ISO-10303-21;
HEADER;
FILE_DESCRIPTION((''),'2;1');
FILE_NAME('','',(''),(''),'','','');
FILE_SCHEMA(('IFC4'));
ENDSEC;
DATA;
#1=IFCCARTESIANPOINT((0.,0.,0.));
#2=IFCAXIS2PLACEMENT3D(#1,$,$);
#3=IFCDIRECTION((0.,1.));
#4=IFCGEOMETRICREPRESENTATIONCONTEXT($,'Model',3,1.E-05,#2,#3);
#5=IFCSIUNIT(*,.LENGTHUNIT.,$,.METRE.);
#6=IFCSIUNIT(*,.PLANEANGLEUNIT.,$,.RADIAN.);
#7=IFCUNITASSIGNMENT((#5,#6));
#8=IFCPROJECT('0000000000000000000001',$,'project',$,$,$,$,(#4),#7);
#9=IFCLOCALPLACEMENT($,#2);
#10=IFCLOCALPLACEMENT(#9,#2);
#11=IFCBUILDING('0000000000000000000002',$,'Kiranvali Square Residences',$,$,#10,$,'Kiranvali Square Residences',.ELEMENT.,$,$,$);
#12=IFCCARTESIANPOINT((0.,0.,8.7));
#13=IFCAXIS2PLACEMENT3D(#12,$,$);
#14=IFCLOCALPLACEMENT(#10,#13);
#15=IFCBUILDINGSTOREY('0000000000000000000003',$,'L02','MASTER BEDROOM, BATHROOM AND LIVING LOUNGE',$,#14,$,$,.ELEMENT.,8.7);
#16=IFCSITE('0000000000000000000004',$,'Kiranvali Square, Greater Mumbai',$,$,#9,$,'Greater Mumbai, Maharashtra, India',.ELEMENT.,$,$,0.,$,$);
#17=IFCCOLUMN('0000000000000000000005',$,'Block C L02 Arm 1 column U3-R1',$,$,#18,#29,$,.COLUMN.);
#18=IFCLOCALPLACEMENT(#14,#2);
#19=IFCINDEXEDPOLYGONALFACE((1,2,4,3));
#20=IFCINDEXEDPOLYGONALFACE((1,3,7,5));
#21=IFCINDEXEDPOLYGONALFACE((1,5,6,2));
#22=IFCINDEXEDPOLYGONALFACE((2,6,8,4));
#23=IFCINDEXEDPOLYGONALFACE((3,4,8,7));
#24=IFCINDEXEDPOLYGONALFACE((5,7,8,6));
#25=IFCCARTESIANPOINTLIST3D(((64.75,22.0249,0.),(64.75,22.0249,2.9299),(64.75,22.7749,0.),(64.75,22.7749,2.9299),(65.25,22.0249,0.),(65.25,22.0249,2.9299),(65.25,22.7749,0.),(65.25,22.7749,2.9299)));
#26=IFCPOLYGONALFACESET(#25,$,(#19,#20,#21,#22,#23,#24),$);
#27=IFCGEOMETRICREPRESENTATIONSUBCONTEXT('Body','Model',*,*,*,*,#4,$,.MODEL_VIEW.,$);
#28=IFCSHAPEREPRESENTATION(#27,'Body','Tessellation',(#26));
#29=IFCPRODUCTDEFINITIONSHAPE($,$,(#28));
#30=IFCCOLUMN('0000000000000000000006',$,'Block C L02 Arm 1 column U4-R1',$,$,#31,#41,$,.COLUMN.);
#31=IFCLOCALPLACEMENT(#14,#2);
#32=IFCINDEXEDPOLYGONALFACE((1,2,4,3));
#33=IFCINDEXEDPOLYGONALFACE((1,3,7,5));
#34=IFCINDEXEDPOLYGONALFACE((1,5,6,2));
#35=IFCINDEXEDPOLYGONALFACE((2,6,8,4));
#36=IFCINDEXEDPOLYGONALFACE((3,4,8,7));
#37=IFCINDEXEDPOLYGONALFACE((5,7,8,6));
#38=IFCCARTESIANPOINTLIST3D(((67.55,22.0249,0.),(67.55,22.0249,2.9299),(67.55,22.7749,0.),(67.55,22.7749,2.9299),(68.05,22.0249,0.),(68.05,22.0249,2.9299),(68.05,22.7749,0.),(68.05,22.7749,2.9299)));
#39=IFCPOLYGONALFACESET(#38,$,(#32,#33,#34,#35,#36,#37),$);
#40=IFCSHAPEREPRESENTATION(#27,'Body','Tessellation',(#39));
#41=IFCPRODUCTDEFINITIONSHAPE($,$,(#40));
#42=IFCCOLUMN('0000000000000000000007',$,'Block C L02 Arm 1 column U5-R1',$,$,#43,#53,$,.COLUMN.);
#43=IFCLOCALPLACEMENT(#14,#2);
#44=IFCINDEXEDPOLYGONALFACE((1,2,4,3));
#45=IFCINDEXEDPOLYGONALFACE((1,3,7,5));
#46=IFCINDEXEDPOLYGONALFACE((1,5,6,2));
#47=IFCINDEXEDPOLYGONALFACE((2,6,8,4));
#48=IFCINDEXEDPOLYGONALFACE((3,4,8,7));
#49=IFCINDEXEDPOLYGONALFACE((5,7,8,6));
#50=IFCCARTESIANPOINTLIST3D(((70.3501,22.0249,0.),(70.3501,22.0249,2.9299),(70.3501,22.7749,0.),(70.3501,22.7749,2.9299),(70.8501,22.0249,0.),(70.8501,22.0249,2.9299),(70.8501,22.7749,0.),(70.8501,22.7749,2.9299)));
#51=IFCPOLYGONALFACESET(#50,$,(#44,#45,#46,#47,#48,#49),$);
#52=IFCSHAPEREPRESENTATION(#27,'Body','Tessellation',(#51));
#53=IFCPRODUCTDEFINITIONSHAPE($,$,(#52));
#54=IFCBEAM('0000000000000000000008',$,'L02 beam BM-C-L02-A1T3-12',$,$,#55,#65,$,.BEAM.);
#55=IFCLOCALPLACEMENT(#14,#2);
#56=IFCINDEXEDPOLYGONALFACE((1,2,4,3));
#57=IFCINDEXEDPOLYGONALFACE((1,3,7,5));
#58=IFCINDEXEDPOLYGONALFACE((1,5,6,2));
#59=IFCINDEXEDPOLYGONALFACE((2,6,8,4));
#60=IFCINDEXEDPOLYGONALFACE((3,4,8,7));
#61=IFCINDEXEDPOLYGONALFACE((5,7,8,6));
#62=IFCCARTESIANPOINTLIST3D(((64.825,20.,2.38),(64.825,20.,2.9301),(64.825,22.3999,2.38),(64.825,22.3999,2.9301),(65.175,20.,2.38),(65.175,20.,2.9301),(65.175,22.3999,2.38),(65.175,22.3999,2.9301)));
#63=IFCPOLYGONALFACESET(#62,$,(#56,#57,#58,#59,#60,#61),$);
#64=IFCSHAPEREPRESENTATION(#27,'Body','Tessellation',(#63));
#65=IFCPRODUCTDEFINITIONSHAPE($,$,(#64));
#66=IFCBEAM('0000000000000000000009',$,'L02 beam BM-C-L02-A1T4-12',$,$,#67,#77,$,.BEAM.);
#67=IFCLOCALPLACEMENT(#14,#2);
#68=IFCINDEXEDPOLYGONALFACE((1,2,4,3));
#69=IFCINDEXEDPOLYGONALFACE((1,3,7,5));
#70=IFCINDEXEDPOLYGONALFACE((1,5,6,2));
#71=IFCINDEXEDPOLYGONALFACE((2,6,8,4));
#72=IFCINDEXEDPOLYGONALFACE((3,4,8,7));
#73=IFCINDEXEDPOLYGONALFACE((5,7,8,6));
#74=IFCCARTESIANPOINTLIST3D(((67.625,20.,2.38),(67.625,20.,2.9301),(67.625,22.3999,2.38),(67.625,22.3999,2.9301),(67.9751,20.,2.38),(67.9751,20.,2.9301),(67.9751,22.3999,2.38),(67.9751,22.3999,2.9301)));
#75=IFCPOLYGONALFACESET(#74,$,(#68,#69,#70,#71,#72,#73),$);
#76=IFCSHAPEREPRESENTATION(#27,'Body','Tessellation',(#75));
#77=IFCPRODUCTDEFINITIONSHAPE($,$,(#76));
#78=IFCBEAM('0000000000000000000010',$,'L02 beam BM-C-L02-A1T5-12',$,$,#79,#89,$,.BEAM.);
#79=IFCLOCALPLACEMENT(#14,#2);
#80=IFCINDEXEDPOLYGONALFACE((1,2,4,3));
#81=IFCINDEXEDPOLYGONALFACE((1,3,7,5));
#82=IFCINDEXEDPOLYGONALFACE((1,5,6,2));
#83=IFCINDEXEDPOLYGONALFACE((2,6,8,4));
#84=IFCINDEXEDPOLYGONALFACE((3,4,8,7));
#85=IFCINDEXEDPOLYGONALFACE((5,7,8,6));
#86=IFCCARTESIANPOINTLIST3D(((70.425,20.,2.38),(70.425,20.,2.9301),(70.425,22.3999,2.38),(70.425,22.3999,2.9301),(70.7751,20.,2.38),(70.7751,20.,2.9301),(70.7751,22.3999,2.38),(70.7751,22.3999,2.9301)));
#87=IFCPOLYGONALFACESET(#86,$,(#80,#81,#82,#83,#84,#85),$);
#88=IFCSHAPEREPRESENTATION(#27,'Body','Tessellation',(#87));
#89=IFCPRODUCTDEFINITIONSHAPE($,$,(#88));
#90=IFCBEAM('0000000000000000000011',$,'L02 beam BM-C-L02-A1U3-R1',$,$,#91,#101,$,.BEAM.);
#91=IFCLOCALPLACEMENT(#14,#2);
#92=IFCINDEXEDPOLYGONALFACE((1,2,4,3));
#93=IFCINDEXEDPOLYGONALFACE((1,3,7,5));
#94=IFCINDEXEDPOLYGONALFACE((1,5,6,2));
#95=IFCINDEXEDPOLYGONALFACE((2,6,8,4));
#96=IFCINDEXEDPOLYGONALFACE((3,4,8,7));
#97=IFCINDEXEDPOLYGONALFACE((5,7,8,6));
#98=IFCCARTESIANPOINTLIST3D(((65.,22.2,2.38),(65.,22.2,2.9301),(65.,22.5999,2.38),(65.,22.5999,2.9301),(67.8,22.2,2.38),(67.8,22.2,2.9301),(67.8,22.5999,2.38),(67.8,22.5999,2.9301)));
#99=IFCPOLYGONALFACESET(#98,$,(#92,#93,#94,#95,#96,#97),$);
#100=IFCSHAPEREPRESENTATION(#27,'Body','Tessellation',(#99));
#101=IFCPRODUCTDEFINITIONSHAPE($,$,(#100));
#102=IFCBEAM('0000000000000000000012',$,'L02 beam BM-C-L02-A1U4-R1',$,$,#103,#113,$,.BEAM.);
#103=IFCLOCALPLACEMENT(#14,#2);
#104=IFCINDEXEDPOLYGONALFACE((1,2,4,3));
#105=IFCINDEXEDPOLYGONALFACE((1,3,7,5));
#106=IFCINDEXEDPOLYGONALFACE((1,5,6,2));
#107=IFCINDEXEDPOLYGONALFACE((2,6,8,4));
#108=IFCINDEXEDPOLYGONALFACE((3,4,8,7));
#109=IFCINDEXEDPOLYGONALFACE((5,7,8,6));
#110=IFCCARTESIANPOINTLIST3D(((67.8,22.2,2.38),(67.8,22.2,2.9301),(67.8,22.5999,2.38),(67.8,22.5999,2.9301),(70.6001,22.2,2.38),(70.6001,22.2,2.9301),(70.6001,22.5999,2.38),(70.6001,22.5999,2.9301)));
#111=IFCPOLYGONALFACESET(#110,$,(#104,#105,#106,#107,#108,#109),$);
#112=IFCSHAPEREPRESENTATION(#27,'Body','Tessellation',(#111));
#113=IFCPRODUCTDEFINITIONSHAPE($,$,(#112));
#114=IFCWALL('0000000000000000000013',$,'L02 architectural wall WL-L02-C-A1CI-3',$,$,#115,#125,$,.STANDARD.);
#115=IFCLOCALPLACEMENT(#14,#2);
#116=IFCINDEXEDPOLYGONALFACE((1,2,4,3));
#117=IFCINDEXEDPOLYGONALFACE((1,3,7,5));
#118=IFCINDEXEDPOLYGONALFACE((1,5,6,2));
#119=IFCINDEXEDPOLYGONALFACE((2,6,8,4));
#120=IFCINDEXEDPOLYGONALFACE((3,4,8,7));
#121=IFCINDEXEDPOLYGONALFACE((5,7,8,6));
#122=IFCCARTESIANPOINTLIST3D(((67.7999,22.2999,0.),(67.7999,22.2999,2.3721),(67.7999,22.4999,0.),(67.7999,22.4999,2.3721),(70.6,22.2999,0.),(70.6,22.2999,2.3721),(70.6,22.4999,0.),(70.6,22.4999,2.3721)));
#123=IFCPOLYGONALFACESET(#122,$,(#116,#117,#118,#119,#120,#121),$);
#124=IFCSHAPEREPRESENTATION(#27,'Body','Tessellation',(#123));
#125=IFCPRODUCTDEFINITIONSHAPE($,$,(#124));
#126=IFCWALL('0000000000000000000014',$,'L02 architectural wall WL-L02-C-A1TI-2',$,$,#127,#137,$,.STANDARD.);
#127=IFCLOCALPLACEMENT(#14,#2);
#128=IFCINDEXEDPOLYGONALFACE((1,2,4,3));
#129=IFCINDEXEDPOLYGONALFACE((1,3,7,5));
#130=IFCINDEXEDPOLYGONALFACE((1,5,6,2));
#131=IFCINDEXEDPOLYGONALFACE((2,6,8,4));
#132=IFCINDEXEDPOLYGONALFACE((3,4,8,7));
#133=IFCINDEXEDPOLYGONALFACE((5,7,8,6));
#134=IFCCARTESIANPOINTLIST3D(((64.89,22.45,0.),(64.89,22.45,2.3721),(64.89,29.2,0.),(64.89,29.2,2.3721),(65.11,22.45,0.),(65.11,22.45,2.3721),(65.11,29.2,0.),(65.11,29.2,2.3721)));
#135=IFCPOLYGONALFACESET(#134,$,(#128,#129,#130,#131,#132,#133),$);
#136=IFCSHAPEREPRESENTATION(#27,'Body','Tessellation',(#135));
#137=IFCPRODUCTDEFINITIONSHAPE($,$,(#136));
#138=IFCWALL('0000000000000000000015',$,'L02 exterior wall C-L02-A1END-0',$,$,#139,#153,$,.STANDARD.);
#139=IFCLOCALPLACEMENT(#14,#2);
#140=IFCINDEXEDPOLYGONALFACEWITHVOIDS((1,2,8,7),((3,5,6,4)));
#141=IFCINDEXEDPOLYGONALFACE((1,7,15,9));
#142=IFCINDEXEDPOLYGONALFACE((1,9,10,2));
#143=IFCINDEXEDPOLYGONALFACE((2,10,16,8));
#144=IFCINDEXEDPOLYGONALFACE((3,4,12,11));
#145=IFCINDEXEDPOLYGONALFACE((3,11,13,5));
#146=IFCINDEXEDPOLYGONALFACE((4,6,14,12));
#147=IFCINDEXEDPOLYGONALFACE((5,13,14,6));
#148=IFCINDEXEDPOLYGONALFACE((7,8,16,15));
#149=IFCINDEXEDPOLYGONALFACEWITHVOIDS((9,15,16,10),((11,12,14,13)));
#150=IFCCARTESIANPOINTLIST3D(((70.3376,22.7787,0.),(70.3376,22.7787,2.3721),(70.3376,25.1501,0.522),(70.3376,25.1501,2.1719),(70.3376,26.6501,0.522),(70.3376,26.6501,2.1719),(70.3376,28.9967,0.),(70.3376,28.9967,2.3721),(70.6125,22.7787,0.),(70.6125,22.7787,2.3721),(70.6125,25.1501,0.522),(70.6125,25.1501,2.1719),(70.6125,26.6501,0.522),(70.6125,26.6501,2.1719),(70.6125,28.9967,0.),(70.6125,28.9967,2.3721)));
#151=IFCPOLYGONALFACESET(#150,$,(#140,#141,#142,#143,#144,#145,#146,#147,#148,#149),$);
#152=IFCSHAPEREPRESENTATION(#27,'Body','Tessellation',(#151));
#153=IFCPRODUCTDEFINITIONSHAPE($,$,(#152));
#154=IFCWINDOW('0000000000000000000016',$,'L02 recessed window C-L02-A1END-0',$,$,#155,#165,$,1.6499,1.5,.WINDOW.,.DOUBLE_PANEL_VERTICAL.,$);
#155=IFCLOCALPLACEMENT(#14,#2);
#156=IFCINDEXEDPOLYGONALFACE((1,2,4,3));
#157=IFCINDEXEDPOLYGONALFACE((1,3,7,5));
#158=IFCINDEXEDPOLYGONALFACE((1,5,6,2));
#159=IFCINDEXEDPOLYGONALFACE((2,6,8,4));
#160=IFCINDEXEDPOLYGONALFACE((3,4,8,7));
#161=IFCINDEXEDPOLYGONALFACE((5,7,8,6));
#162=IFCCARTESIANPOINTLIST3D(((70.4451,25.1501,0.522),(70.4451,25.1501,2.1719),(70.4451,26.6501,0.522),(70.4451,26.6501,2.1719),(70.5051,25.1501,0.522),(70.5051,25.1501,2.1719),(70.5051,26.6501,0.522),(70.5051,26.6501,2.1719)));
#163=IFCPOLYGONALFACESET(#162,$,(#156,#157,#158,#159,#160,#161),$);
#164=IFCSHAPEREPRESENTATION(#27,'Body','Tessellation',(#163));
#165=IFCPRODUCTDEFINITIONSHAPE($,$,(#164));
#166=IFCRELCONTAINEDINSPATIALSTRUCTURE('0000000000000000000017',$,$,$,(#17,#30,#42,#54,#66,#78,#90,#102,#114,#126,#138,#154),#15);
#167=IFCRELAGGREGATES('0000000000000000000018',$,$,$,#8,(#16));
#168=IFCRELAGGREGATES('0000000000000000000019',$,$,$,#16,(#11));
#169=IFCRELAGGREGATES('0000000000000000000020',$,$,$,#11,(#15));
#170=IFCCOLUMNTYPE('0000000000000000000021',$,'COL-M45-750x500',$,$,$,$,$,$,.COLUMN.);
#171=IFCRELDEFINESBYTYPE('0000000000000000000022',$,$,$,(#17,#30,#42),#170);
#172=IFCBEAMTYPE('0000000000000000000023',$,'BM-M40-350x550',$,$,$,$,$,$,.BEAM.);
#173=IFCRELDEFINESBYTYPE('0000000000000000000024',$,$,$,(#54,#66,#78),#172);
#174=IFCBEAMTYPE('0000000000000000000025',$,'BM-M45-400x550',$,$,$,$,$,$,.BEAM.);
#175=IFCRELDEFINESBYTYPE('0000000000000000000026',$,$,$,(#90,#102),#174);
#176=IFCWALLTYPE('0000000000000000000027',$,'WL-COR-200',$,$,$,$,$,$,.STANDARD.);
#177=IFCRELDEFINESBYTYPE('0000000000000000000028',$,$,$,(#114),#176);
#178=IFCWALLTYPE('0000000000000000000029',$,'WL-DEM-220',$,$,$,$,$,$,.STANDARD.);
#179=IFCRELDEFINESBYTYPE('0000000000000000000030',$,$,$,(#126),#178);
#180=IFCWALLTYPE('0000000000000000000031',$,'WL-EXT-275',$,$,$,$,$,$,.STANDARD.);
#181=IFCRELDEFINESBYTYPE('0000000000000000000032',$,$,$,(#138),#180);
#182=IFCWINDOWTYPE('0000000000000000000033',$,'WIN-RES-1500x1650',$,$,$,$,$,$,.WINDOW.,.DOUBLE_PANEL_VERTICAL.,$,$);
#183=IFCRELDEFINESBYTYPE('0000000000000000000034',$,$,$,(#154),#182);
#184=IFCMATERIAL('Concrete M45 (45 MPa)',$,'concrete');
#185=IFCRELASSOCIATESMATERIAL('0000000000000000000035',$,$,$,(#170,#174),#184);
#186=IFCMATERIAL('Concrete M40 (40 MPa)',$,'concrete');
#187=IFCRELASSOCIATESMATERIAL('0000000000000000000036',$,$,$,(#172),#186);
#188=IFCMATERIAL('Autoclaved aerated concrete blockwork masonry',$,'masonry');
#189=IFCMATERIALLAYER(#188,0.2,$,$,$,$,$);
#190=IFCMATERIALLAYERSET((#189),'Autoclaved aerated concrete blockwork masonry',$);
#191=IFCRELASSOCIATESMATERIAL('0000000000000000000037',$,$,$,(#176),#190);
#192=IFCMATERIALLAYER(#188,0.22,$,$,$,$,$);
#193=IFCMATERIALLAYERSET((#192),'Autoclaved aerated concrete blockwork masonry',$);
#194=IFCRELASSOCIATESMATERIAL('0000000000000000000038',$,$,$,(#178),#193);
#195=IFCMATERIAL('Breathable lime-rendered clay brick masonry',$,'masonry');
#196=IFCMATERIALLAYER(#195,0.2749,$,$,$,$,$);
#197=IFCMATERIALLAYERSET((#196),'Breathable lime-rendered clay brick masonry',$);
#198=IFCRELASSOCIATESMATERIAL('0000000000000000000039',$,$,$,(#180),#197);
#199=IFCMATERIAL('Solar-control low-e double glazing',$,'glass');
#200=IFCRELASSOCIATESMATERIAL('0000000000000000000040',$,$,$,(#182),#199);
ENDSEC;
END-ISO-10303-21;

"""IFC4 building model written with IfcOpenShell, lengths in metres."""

from ifc_helpers import new_model, si_unit, direction, frame, frame_2d, origin, origin_2d, place, context, subcontext, project, spatial, rectangle, extrude, material, layer, layer_set, material_profile, profile_set, type_object, element, fill, save


model = new_model("IFC4")

# Units and contexts
model_context = context("Model", 3, precision=1e-05, world=origin(), true_north=direction((0.0, 1.0)))
body_context = subcontext(model_context, "Body", "Model", "MODEL_VIEW")
ifc_project = project(units=[si_unit("LENGTHUNIT", "METRE"), si_unit("PLANEANGLEUNIT", "RADIAN")], contexts=[model_context])

# Site, building, storey
site_placement = place(None, origin())
site = spatial("IfcSite", under=ifc_project, at=site_placement, Name="Kiranvali Square, Greater Mumbai", LongName="Greater Mumbai, Maharashtra, India", CompositionType="ELEMENT", RefElevation=0.0)
building_placement = place(site_placement, origin())
building = spatial("IfcBuilding", under=site, at=building_placement, Name="Kiranvali Square Residences", LongName="Kiranvali Square Residences", CompositionType="ELEMENT")
storey_placement = place(building_placement, frame((0.0, 0.0, 8.7)))
storey = spatial("IfcBuildingStorey", under=building, at=storey_placement, Name="L02", Description="MASTER BEDROOM, BATHROOM AND LIVING LOUNGE", CompositionType="ELEMENT", Elevation=8.7)

# Columns
ifc_material_1 = material(Name="Concrete M45 (45 MPa)", Category="concrete")
ifc_material_profile_1 = material_profile(ifc_material_1, rectangle(XDim=0.5, YDim=0.75, at=origin_2d()), Name="RC 750x500")
ifc_profile_set_1 = profile_set([ifc_material_profile_1], Name="Concrete M45 (45 MPa)")
column_type = type_object("IfcColumnType", Name="COL-M45-750x500", PredefinedType="COLUMN", material=ifc_profile_set_1)
for number, where, z_axis, x_axis, name in (
    (1, (65.0, 22.3999, 0.0), (0.0, 0.0, 1.0), (1.0, 0.0, 0.0), "Block C L02 Arm 1 column U3-R1"),
    (2, (67.8, 22.3999, 0.0), (0.0, 0.0, 1.0), (1.0, 0.0, 0.0), "Block C L02 Arm 1 column U4-R1"),
    (3, (70.6001, 22.3999, 0.0), (0.0, 0.0, 1.0), (1.0, 0.0, 0.0), "Block C L02 Arm 1 column U5-R1"),
):
    element("IfcColumn", number, at=place(storey_placement, frame(where, z_axis=z_axis, x_axis=x_axis)), inside=storey, type_object=column_type, Name=name, PredefinedType="COLUMN", context=body_context, shape_type="SweptSolid", body=[
        extrude(rectangle(XDim=0.5, YDim=0.75, at=origin_2d()), origin(), (0.0, 0.0, 1.0), 2.9299),
    ])

# Beams
ifc_material_2 = material(Name="Concrete M40 (40 MPa)", Category="concrete")
ifc_material_profile_2 = material_profile(ifc_material_2, rectangle(XDim=0.3501, YDim=0.55, at=origin_2d()), Name="RC 350x550")
ifc_profile_set_2 = profile_set([ifc_material_profile_2], Name="Concrete M40 (40 MPa)")
beam_type_1 = type_object("IfcBeamType", Name="BM-M40-350x550", PredefinedType="BEAM", material=ifc_profile_set_2)
for number, where, z_axis, x_axis, name in (
    (4, (65.0, 22.3999, 2.655), (0.0, -1.0, 0.0), (1.0, 0.0, 0.0), "L02 beam BM-C-L02-A1T3-12"),
    (5, (67.8, 22.3999, 2.655), (0.0, -1.0, 0.0), (1.0, 0.0, 0.0), "L02 beam BM-C-L02-A1T4-12"),
    (6, (70.6001, 22.3999, 2.655), (0.0, -1.0, 0.0), (1.0, 0.0, 0.0), "L02 beam BM-C-L02-A1T5-12"),
):
    element("IfcBeam", number, at=place(storey_placement, frame(where, z_axis=z_axis, x_axis=x_axis)), inside=storey, type_object=beam_type_1, Name=name, PredefinedType="BEAM", context=body_context, shape_type="SweptSolid", body=[
        extrude(rectangle(XDim=0.3501, YDim=0.55, at=origin_2d()), origin(), (0.0, 0.0, 1.0), 2.3999),
    ])
ifc_material_profile_3 = material_profile(ifc_material_1, rectangle(XDim=0.3999, YDim=0.55, at=origin_2d()), Name="RC 400x550")
ifc_profile_set_3 = profile_set([ifc_material_profile_3], Name="Concrete M45 (45 MPa)")
beam_type_2 = type_object("IfcBeamType", Name="BM-M45-400x550", PredefinedType="BEAM", material=ifc_profile_set_3)
for number, where, z_axis, x_axis, name in (
    (7, (65.0, 22.3999, 2.655), (1.0, 0.0, 0.0), (0.0, 1.0, 0.0), "L02 beam BM-C-L02-A1U3-R1"),
    (8, (67.8, 22.3999, 2.655), (1.0, 0.0, 0.0), (0.0, 1.0, 0.0), "L02 beam BM-C-L02-A1U4-R1"),
):
    element("IfcBeam", number, at=place(storey_placement, frame(where, z_axis=z_axis, x_axis=x_axis)), inside=storey, type_object=beam_type_2, Name=name, PredefinedType="BEAM", context=body_context, shape_type="SweptSolid", body=[
        extrude(rectangle(XDim=0.3999, YDim=0.55, at=origin_2d()), origin(), (0.0, 0.0, 1.0), 2.8),
    ])

# Shared definitions
ifc_material_3 = material(Name="Autoclaved aerated concrete blockwork masonry", Category="masonry")
ifc_layer_1 = layer(ifc_material_3, 0.2)
ifc_layer_set_1 = layer_set([ifc_layer_1], Name="Autoclaved aerated concrete blockwork masonry")
wall_type_1 = type_object("IfcWallType", Name="WL-COR-200", PredefinedType="STANDARD", material=ifc_layer_set_1)

# Walls
wall_1_placement = place(storey_placement, frame((67.8, 22.3999, 0.0), z_axis=(0.0, 0.0, 1.0), x_axis=(1.0, 0.0, 0.0)))
element("IfcWall", 9, at=wall_1_placement, inside=storey, type_object=wall_type_1, Name="L02 architectural wall WL-L02-C-A1CI-3", PredefinedType="STANDARD", context=body_context, shape_type="SweptSolid", body=[
    extrude(rectangle(XDim=2.8, YDim=0.2, at=frame_2d((1.3999, 0.0))), origin(), (0.0, 0.0, 1.0), 2.3721),
])
ifc_layer_2 = layer(ifc_material_3, 0.22)
ifc_layer_set_2 = layer_set([ifc_layer_2], Name="Autoclaved aerated concrete blockwork masonry")
wall_type_2 = type_object("IfcWallType", Name="WL-DEM-220", PredefinedType="STANDARD", material=ifc_layer_set_2)
wall_2_placement = place(storey_placement, frame((65.0, 29.2, 0.0), z_axis=(0.0, 0.0, 1.0), x_axis=(0.0, -1.0, 0.0)))
element("IfcWall", 10, at=wall_2_placement, inside=storey, type_object=wall_type_2, Name="L02 architectural wall WL-L02-C-A1TI-2", PredefinedType="STANDARD", context=body_context, shape_type="SweptSolid", body=[
    extrude(rectangle(XDim=6.75, YDim=0.22, at=frame_2d((3.375, 0.0))), origin(), (0.0, 0.0, 1.0), 2.3721),
])

# Wall, opening, window
ifc_material_4 = material(Name="Breathable lime-rendered clay brick masonry", Category="masonry")
ifc_layer_3 = layer(ifc_material_4, 0.2749)
ifc_layer_set_3 = layer_set([ifc_layer_3], Name="Breathable lime-rendered clay brick masonry")
wall_type_3 = type_object("IfcWallType", Name="WL-EXT-275", PredefinedType="STANDARD", material=ifc_layer_set_3)
wall_3_placement = place(storey_placement, frame((70.4751, 28.9966, 0.0), z_axis=(0.0, 0.0, 1.0), x_axis=(0.0, -1.0, 0.0)))
wall_3 = element("IfcWall", 11, at=wall_3_placement, inside=storey, type_object=wall_type_3, Name="L02 exterior wall C-L02-A1END-0", PredefinedType="STANDARD", context=body_context, shape_type="SweptSolid", body=[
    extrude(rectangle(XDim=6.218, YDim=0.2749, at=frame_2d((3.1089, 0.0))), origin(), (0.0, 0.0, 1.0), 2.3721),
])
opening_1_placement = place(wall_3_placement, frame((2.3464, 0.0, 0.522)))
opening_1 = element("IfcOpeningElement", 12, at=opening_1_placement, cuts=wall_3, PredefinedType="OPENING", context=body_context, shape_type="SweptSolid", body=[
    extrude(rectangle(XDim=1.5, YDim=1.6499, at=frame_2d((0.75, 0.825))), frame((0.0, 0.1475, 0.0), z_axis=(0.0, -1.0, 0.0), x_axis=(1.0, 0.0, 0.0)), (0.0, 0.0, 1.0), 0.2949),
])
ifc_material_5 = material(Name="Solar-control low-e double glazing", Category="glass")
window_type = type_object("IfcWindowType", Name="WIN-RES-1500x1650", PartitioningType="DOUBLE_PANEL_VERTICAL", PredefinedType="WINDOW", material=ifc_material_5)
window_placement = place(opening_1_placement, origin())
window = element("IfcWindow", 13, at=window_placement, inside=storey, type_object=window_type, Name="L02 recessed window C-L02-A1END-0", OverallHeight=1.6499, OverallWidth=1.5, PartitioningType="DOUBLE_PANEL_VERTICAL", PredefinedType="WINDOW", context=body_context, shape_type="SweptSolid", body=[
    extrude(rectangle(XDim=1.5, YDim=1.6499, at=frame_2d((0.75, 0.825))), frame((0.0, 0.03, 0.0), z_axis=(0.0, -1.0, 0.0), x_axis=(1.0, 0.0, 0.0)), (0.0, 0.0, 1.0), 0.0601),
])
fill(opening_1, window)

save(model, "model.ifc")
